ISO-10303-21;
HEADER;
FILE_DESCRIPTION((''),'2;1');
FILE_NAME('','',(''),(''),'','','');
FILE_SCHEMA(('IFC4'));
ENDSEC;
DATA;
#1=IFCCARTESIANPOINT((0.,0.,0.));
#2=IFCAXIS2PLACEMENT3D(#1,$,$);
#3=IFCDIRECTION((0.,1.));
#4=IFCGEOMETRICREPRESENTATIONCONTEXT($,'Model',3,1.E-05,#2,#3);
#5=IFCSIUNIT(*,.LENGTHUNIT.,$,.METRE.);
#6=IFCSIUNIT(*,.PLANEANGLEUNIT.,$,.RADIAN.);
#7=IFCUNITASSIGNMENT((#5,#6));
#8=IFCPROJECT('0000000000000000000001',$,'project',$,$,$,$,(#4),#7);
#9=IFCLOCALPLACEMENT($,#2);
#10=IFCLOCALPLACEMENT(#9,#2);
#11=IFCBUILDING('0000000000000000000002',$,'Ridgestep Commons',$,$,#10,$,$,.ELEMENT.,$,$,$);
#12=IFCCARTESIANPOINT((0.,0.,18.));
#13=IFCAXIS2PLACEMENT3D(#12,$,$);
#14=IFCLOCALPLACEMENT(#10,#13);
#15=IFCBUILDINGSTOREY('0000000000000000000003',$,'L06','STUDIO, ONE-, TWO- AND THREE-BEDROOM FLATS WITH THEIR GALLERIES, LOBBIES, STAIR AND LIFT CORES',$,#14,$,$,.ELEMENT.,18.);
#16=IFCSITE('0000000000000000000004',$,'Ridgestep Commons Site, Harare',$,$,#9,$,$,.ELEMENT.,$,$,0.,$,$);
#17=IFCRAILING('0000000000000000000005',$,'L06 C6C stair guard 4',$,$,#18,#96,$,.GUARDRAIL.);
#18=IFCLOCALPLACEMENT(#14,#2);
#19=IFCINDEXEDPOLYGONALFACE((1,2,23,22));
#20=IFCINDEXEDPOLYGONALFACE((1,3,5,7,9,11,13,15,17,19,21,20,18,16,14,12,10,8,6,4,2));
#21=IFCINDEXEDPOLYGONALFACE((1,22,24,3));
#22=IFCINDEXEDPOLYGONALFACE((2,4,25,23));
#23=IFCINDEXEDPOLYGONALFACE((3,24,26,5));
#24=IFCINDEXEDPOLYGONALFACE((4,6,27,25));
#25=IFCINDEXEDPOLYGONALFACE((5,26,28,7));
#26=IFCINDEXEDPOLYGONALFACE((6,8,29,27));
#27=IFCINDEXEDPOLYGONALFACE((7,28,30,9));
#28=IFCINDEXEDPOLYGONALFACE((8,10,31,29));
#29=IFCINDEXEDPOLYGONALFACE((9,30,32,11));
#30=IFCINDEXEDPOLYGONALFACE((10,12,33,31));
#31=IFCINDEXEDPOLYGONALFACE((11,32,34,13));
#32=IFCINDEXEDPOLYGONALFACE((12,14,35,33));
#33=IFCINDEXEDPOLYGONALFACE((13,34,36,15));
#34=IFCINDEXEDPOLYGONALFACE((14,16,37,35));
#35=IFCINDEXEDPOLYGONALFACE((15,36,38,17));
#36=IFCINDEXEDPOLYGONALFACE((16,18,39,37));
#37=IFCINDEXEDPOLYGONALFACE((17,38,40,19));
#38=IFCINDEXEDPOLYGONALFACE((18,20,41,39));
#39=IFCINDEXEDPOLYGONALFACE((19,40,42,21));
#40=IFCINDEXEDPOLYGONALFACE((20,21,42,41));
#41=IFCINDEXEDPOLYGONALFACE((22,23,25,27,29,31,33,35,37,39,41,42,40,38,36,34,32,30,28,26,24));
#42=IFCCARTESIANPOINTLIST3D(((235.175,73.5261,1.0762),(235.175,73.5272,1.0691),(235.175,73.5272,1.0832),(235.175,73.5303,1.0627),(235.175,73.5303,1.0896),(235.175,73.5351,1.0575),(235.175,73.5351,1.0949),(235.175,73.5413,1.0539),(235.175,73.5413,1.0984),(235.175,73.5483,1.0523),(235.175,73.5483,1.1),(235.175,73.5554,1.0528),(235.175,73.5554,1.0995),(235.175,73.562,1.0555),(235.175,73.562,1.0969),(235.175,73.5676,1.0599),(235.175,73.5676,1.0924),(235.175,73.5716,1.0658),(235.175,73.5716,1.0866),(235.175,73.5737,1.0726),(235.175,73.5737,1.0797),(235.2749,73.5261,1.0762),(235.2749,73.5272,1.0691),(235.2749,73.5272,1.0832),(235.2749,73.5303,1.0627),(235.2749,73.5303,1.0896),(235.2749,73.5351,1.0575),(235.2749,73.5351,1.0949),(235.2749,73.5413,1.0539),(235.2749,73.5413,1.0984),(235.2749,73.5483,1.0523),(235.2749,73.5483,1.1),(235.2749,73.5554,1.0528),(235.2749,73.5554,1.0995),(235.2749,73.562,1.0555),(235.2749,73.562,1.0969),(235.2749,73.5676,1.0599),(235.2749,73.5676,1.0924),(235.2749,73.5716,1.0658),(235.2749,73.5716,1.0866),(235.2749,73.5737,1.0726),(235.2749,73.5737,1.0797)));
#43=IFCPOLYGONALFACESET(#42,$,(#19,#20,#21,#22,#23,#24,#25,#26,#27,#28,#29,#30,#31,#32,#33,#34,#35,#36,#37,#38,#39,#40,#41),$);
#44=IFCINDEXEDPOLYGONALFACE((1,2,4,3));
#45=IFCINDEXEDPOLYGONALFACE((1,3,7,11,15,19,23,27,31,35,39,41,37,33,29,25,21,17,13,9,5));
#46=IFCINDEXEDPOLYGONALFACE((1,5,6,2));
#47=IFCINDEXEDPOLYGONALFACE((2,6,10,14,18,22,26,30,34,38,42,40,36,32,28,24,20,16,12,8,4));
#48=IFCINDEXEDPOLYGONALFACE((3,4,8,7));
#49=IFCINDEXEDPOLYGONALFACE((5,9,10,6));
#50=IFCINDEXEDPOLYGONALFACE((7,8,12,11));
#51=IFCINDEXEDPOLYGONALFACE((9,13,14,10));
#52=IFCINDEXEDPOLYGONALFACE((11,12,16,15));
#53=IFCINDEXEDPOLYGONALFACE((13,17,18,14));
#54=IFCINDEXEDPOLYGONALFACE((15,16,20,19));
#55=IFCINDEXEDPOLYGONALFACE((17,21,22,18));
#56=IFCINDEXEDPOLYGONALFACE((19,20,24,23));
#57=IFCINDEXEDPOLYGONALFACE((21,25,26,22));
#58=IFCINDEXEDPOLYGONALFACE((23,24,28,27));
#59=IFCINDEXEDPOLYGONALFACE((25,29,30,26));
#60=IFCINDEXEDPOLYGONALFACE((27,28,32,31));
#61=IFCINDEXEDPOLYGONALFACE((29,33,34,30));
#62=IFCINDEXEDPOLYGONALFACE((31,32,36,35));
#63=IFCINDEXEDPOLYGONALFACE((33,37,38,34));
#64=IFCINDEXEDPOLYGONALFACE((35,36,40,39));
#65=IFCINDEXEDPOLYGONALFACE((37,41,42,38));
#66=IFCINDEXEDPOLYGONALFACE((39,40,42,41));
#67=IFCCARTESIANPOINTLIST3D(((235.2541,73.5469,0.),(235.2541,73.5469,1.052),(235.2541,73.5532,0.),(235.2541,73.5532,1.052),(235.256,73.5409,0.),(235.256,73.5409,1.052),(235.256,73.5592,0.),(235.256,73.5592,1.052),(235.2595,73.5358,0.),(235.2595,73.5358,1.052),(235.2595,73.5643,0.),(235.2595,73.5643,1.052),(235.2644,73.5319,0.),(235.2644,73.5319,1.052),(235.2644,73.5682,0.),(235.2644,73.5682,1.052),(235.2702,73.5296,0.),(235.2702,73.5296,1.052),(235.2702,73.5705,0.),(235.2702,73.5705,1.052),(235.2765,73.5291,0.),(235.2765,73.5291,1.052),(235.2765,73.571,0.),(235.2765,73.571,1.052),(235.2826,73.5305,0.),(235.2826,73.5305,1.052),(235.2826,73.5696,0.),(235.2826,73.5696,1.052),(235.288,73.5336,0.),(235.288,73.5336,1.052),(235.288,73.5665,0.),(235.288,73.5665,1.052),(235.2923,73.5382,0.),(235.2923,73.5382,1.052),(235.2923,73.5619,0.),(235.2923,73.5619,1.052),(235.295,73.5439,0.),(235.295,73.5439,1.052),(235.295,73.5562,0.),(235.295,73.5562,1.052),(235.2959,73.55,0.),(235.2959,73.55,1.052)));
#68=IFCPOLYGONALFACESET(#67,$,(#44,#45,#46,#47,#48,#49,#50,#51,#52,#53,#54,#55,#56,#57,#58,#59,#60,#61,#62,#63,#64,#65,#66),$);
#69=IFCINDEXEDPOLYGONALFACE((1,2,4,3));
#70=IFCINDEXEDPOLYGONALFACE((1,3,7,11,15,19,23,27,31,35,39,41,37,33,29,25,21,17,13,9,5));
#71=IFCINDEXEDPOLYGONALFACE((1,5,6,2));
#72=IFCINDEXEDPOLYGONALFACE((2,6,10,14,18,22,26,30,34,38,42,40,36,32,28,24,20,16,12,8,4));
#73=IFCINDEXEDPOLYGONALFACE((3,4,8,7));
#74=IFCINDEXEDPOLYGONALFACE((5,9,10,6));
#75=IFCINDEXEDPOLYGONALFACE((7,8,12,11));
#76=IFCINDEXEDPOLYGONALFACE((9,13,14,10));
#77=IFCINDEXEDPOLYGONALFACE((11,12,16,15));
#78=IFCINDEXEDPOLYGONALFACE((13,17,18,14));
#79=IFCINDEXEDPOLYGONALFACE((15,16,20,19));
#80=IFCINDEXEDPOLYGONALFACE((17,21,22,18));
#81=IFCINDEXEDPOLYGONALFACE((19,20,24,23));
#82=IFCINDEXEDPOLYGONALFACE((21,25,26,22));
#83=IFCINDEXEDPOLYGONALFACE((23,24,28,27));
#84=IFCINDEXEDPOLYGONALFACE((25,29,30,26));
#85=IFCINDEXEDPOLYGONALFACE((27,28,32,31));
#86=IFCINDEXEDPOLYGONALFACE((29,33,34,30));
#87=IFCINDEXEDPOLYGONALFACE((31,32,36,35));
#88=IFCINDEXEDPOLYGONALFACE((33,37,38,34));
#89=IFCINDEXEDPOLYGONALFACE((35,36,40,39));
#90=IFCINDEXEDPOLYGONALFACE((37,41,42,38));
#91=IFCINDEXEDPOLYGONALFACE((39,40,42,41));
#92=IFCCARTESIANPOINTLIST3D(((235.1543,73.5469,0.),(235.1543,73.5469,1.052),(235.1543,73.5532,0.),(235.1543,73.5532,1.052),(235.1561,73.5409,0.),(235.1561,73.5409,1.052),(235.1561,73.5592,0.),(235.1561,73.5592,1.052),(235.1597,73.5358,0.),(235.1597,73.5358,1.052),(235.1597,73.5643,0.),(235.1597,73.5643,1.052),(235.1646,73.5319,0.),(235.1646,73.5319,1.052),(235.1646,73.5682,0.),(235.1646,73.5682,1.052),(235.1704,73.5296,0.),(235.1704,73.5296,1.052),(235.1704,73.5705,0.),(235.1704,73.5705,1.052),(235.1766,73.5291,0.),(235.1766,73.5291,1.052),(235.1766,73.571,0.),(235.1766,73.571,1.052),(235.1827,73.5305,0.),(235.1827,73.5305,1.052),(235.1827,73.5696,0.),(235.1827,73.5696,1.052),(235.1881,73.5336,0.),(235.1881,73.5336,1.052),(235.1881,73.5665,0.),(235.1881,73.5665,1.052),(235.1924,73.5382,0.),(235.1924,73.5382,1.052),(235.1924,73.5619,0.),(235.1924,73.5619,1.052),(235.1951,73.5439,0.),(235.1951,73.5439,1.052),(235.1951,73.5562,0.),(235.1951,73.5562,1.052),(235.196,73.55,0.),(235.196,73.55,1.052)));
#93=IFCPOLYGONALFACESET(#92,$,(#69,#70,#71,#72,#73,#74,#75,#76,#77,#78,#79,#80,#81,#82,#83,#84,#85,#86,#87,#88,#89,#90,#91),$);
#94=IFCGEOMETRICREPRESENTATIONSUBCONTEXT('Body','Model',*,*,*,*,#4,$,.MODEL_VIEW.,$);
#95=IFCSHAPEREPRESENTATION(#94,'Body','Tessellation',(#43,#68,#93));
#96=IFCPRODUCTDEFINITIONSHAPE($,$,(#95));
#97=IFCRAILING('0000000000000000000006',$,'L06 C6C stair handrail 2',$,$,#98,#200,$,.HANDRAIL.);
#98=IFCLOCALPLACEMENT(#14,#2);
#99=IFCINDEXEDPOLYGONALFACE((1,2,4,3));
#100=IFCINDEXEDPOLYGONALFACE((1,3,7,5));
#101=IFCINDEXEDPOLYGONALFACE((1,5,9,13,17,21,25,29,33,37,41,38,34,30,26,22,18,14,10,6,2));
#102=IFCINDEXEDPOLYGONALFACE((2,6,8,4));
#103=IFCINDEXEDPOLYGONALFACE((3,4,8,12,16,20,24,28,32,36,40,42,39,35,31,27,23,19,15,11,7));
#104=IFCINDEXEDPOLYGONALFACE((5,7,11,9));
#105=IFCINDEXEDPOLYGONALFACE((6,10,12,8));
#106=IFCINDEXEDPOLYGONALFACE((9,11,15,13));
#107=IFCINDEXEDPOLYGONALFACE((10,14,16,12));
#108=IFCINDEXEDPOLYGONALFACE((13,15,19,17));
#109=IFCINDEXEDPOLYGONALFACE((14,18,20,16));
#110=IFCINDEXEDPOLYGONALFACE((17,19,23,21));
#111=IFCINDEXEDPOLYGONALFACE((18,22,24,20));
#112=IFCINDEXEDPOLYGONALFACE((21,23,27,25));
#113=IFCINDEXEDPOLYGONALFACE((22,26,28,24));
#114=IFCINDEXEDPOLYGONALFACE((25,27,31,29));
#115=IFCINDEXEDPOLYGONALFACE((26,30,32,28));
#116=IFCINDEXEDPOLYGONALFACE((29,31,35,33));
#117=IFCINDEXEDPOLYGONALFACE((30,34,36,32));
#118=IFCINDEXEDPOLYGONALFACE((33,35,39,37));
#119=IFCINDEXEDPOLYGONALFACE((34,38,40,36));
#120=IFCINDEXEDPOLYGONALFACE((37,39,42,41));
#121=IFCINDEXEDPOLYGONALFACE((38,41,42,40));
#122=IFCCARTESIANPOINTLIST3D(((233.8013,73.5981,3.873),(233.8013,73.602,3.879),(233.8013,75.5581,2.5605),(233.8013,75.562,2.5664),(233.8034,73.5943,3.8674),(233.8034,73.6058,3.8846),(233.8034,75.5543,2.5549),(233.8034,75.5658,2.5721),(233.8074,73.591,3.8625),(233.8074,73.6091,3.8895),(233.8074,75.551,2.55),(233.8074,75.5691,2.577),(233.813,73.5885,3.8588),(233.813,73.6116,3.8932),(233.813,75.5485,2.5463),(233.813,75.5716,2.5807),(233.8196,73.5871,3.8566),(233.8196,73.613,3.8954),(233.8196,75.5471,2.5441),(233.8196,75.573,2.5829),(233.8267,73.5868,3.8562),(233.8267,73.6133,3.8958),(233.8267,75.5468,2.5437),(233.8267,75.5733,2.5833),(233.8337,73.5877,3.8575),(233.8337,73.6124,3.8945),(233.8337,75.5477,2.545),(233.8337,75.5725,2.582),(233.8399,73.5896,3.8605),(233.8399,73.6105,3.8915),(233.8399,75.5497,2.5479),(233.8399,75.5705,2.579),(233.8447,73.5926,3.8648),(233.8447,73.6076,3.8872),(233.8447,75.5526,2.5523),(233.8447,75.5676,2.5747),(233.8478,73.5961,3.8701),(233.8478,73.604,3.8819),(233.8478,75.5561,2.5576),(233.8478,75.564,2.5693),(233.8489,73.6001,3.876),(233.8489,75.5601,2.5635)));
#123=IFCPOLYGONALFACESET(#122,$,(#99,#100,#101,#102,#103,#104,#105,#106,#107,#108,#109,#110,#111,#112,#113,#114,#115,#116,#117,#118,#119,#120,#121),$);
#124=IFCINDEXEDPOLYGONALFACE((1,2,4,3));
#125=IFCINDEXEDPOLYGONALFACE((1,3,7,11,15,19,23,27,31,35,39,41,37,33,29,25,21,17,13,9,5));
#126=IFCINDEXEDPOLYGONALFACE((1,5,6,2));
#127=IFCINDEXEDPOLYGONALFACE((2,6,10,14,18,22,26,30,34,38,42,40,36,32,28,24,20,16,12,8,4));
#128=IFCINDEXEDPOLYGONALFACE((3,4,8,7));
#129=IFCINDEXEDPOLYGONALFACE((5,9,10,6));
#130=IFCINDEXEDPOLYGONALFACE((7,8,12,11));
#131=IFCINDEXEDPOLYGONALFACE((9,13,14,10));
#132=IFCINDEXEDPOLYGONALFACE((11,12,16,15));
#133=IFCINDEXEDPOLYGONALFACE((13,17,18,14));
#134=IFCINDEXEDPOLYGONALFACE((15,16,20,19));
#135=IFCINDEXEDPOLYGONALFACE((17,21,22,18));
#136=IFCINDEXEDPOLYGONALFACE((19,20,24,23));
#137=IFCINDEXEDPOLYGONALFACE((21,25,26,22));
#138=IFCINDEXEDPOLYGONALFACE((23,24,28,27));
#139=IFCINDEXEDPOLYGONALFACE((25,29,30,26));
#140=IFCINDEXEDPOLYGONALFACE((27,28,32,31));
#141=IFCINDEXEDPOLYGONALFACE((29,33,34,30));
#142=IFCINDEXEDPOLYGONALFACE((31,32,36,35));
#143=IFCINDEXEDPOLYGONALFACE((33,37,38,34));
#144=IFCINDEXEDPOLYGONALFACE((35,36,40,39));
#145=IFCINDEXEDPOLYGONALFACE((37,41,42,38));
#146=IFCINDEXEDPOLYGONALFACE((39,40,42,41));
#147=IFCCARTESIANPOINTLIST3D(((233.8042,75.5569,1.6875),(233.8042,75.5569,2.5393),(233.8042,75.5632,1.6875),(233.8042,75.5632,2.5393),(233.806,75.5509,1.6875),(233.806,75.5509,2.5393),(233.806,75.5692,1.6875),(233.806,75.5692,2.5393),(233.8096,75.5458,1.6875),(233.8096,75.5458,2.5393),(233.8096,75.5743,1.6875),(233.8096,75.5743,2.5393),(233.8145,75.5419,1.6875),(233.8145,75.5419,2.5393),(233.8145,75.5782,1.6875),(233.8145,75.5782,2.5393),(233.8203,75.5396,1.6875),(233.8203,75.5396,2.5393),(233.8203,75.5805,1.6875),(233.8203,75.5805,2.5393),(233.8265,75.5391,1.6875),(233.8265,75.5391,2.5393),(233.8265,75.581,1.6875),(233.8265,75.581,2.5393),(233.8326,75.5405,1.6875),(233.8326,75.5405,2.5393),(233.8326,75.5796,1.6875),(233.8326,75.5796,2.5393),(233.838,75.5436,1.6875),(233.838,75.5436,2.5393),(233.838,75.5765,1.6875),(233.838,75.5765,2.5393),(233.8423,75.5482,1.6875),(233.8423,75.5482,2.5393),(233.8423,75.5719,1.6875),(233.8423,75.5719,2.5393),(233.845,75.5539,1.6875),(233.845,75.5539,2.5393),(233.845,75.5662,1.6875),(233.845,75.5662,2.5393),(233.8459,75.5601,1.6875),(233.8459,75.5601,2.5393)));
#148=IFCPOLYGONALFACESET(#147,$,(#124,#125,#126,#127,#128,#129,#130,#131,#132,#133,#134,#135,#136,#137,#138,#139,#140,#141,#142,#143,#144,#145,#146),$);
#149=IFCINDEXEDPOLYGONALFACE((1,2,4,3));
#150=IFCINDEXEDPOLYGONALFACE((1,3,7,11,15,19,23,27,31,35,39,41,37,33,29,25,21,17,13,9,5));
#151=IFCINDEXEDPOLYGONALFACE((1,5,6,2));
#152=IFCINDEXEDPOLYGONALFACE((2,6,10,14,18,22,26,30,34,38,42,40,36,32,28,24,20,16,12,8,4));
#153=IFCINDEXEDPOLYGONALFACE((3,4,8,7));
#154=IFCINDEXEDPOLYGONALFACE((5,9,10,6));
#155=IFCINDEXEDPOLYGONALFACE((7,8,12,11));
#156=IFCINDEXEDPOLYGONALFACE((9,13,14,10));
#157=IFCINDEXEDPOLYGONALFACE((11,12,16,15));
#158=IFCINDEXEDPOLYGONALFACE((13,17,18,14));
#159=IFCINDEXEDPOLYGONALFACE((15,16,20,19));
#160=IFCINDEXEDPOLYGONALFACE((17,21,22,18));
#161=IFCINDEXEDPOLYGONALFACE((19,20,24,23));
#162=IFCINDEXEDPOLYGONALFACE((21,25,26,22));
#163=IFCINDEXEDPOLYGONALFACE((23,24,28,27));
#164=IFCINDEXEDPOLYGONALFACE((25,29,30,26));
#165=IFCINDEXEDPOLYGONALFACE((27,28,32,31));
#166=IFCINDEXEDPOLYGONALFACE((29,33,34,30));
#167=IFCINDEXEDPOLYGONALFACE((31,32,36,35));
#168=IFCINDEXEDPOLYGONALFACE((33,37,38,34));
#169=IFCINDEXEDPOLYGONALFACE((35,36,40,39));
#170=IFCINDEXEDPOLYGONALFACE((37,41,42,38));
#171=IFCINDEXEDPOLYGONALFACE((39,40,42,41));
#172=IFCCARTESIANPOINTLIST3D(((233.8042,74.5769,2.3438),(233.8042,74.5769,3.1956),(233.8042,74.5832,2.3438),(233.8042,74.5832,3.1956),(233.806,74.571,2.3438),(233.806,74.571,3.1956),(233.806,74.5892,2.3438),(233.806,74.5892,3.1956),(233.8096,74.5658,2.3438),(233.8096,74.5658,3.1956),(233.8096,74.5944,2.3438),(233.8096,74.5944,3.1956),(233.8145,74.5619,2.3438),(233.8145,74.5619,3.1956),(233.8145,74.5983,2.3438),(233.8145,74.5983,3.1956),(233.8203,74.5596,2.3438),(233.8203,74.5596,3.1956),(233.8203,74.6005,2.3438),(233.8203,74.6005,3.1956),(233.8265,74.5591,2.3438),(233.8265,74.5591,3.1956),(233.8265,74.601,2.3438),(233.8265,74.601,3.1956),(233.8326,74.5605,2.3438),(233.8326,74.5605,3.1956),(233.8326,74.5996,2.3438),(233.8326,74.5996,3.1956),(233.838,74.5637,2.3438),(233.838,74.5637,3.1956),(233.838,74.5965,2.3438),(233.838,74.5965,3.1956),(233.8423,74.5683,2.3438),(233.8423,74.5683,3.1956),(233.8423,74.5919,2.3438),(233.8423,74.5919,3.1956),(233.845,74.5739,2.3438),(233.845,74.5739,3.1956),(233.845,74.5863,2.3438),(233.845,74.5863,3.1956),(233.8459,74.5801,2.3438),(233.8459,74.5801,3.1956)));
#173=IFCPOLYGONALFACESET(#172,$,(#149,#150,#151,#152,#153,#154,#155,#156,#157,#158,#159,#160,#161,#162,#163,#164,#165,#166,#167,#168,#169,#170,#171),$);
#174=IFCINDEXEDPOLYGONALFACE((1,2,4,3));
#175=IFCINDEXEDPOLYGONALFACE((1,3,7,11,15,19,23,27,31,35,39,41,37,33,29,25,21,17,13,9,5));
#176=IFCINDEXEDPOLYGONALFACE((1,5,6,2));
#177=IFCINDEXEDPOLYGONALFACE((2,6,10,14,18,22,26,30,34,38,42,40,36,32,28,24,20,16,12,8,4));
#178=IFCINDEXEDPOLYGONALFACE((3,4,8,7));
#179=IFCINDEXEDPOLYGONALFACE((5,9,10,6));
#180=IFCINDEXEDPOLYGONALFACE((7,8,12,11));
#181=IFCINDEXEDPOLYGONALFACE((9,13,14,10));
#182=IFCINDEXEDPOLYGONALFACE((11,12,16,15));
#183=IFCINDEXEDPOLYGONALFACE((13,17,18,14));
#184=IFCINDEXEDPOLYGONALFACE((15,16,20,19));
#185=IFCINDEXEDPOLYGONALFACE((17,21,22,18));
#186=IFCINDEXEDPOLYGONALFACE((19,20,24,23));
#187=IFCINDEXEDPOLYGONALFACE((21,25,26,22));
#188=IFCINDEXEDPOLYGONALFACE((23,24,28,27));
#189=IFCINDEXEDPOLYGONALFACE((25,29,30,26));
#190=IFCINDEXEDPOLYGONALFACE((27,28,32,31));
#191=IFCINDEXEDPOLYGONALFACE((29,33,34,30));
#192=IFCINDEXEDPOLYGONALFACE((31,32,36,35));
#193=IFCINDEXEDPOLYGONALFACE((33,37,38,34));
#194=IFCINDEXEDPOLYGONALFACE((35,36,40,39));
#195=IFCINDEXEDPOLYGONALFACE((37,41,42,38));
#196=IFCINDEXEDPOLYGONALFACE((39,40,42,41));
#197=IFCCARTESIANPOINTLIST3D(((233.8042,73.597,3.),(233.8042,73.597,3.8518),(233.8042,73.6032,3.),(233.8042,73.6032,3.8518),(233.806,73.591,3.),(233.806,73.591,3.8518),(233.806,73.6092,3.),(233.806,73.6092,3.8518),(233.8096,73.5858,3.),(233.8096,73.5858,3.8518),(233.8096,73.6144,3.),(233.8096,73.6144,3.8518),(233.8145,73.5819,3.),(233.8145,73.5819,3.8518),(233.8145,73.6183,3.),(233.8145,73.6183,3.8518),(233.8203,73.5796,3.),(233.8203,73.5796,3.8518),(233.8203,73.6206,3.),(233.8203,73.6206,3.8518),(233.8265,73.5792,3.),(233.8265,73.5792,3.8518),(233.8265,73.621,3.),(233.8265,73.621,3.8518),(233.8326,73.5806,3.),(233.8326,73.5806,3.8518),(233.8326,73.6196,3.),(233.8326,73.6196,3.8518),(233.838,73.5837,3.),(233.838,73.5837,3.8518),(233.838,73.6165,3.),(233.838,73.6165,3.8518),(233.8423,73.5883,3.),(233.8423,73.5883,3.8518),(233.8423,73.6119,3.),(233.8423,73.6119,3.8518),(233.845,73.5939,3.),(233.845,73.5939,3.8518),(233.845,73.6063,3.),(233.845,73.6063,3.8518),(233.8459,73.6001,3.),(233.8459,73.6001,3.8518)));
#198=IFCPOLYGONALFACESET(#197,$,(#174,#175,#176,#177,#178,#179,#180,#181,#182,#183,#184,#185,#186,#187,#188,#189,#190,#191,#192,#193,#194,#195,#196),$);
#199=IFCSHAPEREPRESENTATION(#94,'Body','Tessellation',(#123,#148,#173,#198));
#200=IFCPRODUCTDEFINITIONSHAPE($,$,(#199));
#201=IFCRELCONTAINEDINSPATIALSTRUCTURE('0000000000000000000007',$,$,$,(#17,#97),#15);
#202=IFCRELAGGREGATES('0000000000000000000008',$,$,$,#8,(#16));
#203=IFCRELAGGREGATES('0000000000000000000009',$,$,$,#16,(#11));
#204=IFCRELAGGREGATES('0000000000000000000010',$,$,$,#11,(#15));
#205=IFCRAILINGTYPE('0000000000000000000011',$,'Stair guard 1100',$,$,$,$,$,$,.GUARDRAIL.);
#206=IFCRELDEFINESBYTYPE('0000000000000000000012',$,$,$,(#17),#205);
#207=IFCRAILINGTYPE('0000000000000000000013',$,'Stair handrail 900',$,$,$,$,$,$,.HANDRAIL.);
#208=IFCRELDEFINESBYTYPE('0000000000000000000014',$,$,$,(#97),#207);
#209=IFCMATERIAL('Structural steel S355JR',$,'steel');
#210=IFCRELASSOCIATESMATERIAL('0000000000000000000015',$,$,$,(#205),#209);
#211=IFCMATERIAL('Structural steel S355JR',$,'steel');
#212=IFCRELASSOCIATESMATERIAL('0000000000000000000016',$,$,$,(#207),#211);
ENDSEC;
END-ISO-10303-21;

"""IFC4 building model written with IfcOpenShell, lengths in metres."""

from ifc_helpers import new_model, si_unit, direction, frame, origin, origin_2d, place, context, subcontext, project, spatial, circle, extrude, material, type_object, element, save


model = new_model("IFC4")

# Units and contexts
model_context = context("Model", 3, precision=1e-05, world=origin(), true_north=direction((0.0, 1.0)))
body_context = subcontext(model_context, "Body", "Model", "MODEL_VIEW")
ifc_project = project(units=[si_unit("LENGTHUNIT", "METRE"), si_unit("PLANEANGLEUNIT", "RADIAN")], contexts=[model_context])

# Site, building, storey
site_placement = place(None, origin())
site = spatial("IfcSite", under=ifc_project, at=site_placement, Name="Ridgestep Commons Site, Harare", CompositionType="ELEMENT", RefElevation=0.0)
building_placement = place(site_placement, origin())
building = spatial("IfcBuilding", under=site, at=building_placement, Name="Ridgestep Commons", CompositionType="ELEMENT")
storey_placement = place(building_placement, frame((0.0, 0.0, 18.0)))
storey = spatial("IfcBuildingStorey", under=building, at=storey_placement, Name="L06", Description="STUDIO, ONE-, TWO- AND THREE-BEDROOM FLATS WITH THEIR GALLERIES, LOBBIES, STAIR AND LIFT CORES", CompositionType="ELEMENT", Elevation=18.0)

# Railings
ifc_material_1 = material(Name="Structural steel S355JR", Category="steel")
railing_type_1 = type_object("IfcRailingType", Name="Stair guard 1100", PredefinedType="GUARDRAIL", material=ifc_material_1)
railing_1_placement = place(storey_placement, frame((235.2749, 73.55, 0.0)))
element("IfcRailing", 1, at=railing_1_placement, inside=storey, type_object=railing_type_1, Name="L06 C6C stair guard 4", PredefinedType="GUARDRAIL", context=body_context, shape_type="SweptSolid", body=[
    extrude(circle(Radius=0.0239, at=origin_2d()), frame((0.0, 0.0, 1.0762), z_axis=(-1.0, 0.0, 0.0), x_axis=(0.0, -1.0, 0.0)), (0.0, 0.0, 1.0), 0.0999),
    extrude(circle(Radius=0.021, at=origin_2d()), origin(), (0.0, 0.0, 1.0), 1.052),
    extrude(circle(Radius=0.021, at=origin_2d()), frame((-0.0999, 0.0, 0.0)), (0.0, 0.0, 1.0), 1.052),
])
ifc_material_2 = material(Name="Structural steel S355JR", Category="steel")
railing_type_2 = type_object("IfcRailingType", Name="Stair handrail 900", PredefinedType="HANDRAIL", material=ifc_material_2)
railing_2_placement = place(storey_placement, frame((233.825, 75.5601, 1.6875)))
element("IfcRailing", 2, at=railing_2_placement, inside=storey, type_object=railing_type_2, Name="L06 C6C stair handrail 2", PredefinedType="HANDRAIL", context=body_context, shape_type="SweptSolid", body=[
    extrude(circle(Radius=0.0239, at=origin_2d()), frame((0.0, 0.0, 0.876), z_axis=(0.0, -0.830902, 0.556419), x_axis=(1.0, 0.0, 0.0)), (0.0, 0.0, 1.0), 2.3589),
    extrude(circle(Radius=0.021, at=origin_2d()), origin(), (0.0, 0.0, 1.0), 0.8518),
    extrude(circle(Radius=0.021, at=origin_2d()), frame((0.0, -0.98, 0.6562)), (0.0, 0.0, 1.0), 0.8518),
    extrude(circle(Radius=0.021, at=origin_2d()), frame((0.0, -1.96, 1.3125)), (0.0, 0.0, 1.0), 0.8518),
])

save(model, "model.ifc")
